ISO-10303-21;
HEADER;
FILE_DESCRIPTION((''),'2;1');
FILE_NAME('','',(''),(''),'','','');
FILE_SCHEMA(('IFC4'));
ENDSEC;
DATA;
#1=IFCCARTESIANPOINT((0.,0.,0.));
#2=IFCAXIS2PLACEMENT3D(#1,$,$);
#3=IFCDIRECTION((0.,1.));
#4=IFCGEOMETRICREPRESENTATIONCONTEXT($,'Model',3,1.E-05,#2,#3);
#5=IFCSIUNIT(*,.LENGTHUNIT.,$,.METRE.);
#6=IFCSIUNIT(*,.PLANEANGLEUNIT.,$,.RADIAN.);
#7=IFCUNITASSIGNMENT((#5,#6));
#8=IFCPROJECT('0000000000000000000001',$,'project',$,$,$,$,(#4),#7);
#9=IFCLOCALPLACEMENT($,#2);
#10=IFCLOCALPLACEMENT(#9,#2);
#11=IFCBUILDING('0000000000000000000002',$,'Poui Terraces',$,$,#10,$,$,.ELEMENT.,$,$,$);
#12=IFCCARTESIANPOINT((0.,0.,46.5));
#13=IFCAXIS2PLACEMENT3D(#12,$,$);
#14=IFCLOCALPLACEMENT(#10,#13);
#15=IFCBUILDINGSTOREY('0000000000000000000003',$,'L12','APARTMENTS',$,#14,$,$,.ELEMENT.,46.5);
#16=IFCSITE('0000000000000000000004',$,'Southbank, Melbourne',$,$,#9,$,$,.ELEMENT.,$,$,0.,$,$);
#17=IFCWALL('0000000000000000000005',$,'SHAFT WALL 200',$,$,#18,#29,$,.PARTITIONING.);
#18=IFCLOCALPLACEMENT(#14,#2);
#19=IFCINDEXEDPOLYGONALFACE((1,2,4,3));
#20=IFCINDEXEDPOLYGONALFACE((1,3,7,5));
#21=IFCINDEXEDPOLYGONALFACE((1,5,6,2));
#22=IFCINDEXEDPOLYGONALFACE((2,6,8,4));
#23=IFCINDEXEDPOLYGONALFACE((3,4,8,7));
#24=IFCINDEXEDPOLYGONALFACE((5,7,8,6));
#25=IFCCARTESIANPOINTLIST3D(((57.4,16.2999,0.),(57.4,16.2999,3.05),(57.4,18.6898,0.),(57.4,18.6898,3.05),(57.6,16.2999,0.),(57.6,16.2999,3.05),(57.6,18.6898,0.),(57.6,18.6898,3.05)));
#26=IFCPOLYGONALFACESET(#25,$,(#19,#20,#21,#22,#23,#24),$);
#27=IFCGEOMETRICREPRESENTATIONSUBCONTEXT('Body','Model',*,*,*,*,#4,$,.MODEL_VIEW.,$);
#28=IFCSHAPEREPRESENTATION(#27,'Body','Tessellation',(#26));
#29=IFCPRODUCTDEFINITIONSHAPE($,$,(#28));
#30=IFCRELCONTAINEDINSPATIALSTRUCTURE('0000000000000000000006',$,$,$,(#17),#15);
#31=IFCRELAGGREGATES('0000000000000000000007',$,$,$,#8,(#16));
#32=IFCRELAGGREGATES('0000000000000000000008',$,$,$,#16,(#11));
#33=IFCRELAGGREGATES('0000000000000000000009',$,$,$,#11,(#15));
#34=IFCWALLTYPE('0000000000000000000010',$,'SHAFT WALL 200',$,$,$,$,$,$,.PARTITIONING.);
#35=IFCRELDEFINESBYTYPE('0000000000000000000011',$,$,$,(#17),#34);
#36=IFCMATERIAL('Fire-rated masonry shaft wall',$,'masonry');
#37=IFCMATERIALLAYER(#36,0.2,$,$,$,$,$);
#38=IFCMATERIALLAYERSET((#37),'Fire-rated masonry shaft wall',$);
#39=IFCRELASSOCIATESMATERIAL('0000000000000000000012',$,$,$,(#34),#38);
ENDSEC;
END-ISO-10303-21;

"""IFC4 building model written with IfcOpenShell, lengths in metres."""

from ifc_helpers import new_model, si_unit, direction, frame, frame_2d, origin, place, context, subcontext, project, spatial, rectangle, extrude, material, layer, layer_set, type_object, element, save


model = new_model("IFC4")

# Units and contexts
model_context = context("Model", 3, precision=1e-05, world=origin(), true_north=direction((0.0, 1.0)))
body_context = subcontext(model_context, "Body", "Model", "MODEL_VIEW")
ifc_project = project(units=[si_unit("LENGTHUNIT", "METRE"), si_unit("PLANEANGLEUNIT", "RADIAN")], contexts=[model_context])

# Site, building, storey
site_placement = place(None, origin())
site = spatial("IfcSite", under=ifc_project, at=site_placement, Name="Southbank, Melbourne", CompositionType="ELEMENT", RefElevation=0.0)
building_placement = place(site_placement, origin())
building = spatial("IfcBuilding", under=site, at=building_placement, Name="Poui Terraces", CompositionType="ELEMENT")
storey_placement = place(building_placement, frame((0.0, 0.0, 46.5)))
storey = spatial("IfcBuildingStorey", under=building, at=storey_placement, Name="L12", Description="APARTMENTS", CompositionType="ELEMENT", Elevation=46.5)

# Wall
ifc_material_1 = material(Name="Fire-rated masonry shaft wall", Category="masonry")
ifc_layer_1 = layer(ifc_material_1, 0.2)
ifc_layer_set_1 = layer_set([ifc_layer_1], Name="Fire-rated masonry shaft wall")
wall_type_1 = type_object("IfcWallType", Name="SHAFT WALL 200", PredefinedType="PARTITIONING", material=ifc_layer_set_1)
for number, where, z_axis, x_axis, name in (
    (1, (57.5, 16.3, 0.0), (0.0, 0.0, 1.0), (0.0, 1.0, 0.0), "SHAFT WALL 200"),
):
    element("IfcWall", number, at=place(storey_placement, frame(where, z_axis=z_axis, x_axis=x_axis)), inside=storey, type_object=wall_type_1, Name=name, PredefinedType="PARTITIONING", context=body_context, shape_type="SweptSolid", body=[
        extrude(rectangle(XDim=2.3899, YDim=0.2, at=frame_2d((1.1948, 0.0))), origin(), (0.0, 0.0, 1.0), 3.05),
    ])

save(model, "model.ifc")
